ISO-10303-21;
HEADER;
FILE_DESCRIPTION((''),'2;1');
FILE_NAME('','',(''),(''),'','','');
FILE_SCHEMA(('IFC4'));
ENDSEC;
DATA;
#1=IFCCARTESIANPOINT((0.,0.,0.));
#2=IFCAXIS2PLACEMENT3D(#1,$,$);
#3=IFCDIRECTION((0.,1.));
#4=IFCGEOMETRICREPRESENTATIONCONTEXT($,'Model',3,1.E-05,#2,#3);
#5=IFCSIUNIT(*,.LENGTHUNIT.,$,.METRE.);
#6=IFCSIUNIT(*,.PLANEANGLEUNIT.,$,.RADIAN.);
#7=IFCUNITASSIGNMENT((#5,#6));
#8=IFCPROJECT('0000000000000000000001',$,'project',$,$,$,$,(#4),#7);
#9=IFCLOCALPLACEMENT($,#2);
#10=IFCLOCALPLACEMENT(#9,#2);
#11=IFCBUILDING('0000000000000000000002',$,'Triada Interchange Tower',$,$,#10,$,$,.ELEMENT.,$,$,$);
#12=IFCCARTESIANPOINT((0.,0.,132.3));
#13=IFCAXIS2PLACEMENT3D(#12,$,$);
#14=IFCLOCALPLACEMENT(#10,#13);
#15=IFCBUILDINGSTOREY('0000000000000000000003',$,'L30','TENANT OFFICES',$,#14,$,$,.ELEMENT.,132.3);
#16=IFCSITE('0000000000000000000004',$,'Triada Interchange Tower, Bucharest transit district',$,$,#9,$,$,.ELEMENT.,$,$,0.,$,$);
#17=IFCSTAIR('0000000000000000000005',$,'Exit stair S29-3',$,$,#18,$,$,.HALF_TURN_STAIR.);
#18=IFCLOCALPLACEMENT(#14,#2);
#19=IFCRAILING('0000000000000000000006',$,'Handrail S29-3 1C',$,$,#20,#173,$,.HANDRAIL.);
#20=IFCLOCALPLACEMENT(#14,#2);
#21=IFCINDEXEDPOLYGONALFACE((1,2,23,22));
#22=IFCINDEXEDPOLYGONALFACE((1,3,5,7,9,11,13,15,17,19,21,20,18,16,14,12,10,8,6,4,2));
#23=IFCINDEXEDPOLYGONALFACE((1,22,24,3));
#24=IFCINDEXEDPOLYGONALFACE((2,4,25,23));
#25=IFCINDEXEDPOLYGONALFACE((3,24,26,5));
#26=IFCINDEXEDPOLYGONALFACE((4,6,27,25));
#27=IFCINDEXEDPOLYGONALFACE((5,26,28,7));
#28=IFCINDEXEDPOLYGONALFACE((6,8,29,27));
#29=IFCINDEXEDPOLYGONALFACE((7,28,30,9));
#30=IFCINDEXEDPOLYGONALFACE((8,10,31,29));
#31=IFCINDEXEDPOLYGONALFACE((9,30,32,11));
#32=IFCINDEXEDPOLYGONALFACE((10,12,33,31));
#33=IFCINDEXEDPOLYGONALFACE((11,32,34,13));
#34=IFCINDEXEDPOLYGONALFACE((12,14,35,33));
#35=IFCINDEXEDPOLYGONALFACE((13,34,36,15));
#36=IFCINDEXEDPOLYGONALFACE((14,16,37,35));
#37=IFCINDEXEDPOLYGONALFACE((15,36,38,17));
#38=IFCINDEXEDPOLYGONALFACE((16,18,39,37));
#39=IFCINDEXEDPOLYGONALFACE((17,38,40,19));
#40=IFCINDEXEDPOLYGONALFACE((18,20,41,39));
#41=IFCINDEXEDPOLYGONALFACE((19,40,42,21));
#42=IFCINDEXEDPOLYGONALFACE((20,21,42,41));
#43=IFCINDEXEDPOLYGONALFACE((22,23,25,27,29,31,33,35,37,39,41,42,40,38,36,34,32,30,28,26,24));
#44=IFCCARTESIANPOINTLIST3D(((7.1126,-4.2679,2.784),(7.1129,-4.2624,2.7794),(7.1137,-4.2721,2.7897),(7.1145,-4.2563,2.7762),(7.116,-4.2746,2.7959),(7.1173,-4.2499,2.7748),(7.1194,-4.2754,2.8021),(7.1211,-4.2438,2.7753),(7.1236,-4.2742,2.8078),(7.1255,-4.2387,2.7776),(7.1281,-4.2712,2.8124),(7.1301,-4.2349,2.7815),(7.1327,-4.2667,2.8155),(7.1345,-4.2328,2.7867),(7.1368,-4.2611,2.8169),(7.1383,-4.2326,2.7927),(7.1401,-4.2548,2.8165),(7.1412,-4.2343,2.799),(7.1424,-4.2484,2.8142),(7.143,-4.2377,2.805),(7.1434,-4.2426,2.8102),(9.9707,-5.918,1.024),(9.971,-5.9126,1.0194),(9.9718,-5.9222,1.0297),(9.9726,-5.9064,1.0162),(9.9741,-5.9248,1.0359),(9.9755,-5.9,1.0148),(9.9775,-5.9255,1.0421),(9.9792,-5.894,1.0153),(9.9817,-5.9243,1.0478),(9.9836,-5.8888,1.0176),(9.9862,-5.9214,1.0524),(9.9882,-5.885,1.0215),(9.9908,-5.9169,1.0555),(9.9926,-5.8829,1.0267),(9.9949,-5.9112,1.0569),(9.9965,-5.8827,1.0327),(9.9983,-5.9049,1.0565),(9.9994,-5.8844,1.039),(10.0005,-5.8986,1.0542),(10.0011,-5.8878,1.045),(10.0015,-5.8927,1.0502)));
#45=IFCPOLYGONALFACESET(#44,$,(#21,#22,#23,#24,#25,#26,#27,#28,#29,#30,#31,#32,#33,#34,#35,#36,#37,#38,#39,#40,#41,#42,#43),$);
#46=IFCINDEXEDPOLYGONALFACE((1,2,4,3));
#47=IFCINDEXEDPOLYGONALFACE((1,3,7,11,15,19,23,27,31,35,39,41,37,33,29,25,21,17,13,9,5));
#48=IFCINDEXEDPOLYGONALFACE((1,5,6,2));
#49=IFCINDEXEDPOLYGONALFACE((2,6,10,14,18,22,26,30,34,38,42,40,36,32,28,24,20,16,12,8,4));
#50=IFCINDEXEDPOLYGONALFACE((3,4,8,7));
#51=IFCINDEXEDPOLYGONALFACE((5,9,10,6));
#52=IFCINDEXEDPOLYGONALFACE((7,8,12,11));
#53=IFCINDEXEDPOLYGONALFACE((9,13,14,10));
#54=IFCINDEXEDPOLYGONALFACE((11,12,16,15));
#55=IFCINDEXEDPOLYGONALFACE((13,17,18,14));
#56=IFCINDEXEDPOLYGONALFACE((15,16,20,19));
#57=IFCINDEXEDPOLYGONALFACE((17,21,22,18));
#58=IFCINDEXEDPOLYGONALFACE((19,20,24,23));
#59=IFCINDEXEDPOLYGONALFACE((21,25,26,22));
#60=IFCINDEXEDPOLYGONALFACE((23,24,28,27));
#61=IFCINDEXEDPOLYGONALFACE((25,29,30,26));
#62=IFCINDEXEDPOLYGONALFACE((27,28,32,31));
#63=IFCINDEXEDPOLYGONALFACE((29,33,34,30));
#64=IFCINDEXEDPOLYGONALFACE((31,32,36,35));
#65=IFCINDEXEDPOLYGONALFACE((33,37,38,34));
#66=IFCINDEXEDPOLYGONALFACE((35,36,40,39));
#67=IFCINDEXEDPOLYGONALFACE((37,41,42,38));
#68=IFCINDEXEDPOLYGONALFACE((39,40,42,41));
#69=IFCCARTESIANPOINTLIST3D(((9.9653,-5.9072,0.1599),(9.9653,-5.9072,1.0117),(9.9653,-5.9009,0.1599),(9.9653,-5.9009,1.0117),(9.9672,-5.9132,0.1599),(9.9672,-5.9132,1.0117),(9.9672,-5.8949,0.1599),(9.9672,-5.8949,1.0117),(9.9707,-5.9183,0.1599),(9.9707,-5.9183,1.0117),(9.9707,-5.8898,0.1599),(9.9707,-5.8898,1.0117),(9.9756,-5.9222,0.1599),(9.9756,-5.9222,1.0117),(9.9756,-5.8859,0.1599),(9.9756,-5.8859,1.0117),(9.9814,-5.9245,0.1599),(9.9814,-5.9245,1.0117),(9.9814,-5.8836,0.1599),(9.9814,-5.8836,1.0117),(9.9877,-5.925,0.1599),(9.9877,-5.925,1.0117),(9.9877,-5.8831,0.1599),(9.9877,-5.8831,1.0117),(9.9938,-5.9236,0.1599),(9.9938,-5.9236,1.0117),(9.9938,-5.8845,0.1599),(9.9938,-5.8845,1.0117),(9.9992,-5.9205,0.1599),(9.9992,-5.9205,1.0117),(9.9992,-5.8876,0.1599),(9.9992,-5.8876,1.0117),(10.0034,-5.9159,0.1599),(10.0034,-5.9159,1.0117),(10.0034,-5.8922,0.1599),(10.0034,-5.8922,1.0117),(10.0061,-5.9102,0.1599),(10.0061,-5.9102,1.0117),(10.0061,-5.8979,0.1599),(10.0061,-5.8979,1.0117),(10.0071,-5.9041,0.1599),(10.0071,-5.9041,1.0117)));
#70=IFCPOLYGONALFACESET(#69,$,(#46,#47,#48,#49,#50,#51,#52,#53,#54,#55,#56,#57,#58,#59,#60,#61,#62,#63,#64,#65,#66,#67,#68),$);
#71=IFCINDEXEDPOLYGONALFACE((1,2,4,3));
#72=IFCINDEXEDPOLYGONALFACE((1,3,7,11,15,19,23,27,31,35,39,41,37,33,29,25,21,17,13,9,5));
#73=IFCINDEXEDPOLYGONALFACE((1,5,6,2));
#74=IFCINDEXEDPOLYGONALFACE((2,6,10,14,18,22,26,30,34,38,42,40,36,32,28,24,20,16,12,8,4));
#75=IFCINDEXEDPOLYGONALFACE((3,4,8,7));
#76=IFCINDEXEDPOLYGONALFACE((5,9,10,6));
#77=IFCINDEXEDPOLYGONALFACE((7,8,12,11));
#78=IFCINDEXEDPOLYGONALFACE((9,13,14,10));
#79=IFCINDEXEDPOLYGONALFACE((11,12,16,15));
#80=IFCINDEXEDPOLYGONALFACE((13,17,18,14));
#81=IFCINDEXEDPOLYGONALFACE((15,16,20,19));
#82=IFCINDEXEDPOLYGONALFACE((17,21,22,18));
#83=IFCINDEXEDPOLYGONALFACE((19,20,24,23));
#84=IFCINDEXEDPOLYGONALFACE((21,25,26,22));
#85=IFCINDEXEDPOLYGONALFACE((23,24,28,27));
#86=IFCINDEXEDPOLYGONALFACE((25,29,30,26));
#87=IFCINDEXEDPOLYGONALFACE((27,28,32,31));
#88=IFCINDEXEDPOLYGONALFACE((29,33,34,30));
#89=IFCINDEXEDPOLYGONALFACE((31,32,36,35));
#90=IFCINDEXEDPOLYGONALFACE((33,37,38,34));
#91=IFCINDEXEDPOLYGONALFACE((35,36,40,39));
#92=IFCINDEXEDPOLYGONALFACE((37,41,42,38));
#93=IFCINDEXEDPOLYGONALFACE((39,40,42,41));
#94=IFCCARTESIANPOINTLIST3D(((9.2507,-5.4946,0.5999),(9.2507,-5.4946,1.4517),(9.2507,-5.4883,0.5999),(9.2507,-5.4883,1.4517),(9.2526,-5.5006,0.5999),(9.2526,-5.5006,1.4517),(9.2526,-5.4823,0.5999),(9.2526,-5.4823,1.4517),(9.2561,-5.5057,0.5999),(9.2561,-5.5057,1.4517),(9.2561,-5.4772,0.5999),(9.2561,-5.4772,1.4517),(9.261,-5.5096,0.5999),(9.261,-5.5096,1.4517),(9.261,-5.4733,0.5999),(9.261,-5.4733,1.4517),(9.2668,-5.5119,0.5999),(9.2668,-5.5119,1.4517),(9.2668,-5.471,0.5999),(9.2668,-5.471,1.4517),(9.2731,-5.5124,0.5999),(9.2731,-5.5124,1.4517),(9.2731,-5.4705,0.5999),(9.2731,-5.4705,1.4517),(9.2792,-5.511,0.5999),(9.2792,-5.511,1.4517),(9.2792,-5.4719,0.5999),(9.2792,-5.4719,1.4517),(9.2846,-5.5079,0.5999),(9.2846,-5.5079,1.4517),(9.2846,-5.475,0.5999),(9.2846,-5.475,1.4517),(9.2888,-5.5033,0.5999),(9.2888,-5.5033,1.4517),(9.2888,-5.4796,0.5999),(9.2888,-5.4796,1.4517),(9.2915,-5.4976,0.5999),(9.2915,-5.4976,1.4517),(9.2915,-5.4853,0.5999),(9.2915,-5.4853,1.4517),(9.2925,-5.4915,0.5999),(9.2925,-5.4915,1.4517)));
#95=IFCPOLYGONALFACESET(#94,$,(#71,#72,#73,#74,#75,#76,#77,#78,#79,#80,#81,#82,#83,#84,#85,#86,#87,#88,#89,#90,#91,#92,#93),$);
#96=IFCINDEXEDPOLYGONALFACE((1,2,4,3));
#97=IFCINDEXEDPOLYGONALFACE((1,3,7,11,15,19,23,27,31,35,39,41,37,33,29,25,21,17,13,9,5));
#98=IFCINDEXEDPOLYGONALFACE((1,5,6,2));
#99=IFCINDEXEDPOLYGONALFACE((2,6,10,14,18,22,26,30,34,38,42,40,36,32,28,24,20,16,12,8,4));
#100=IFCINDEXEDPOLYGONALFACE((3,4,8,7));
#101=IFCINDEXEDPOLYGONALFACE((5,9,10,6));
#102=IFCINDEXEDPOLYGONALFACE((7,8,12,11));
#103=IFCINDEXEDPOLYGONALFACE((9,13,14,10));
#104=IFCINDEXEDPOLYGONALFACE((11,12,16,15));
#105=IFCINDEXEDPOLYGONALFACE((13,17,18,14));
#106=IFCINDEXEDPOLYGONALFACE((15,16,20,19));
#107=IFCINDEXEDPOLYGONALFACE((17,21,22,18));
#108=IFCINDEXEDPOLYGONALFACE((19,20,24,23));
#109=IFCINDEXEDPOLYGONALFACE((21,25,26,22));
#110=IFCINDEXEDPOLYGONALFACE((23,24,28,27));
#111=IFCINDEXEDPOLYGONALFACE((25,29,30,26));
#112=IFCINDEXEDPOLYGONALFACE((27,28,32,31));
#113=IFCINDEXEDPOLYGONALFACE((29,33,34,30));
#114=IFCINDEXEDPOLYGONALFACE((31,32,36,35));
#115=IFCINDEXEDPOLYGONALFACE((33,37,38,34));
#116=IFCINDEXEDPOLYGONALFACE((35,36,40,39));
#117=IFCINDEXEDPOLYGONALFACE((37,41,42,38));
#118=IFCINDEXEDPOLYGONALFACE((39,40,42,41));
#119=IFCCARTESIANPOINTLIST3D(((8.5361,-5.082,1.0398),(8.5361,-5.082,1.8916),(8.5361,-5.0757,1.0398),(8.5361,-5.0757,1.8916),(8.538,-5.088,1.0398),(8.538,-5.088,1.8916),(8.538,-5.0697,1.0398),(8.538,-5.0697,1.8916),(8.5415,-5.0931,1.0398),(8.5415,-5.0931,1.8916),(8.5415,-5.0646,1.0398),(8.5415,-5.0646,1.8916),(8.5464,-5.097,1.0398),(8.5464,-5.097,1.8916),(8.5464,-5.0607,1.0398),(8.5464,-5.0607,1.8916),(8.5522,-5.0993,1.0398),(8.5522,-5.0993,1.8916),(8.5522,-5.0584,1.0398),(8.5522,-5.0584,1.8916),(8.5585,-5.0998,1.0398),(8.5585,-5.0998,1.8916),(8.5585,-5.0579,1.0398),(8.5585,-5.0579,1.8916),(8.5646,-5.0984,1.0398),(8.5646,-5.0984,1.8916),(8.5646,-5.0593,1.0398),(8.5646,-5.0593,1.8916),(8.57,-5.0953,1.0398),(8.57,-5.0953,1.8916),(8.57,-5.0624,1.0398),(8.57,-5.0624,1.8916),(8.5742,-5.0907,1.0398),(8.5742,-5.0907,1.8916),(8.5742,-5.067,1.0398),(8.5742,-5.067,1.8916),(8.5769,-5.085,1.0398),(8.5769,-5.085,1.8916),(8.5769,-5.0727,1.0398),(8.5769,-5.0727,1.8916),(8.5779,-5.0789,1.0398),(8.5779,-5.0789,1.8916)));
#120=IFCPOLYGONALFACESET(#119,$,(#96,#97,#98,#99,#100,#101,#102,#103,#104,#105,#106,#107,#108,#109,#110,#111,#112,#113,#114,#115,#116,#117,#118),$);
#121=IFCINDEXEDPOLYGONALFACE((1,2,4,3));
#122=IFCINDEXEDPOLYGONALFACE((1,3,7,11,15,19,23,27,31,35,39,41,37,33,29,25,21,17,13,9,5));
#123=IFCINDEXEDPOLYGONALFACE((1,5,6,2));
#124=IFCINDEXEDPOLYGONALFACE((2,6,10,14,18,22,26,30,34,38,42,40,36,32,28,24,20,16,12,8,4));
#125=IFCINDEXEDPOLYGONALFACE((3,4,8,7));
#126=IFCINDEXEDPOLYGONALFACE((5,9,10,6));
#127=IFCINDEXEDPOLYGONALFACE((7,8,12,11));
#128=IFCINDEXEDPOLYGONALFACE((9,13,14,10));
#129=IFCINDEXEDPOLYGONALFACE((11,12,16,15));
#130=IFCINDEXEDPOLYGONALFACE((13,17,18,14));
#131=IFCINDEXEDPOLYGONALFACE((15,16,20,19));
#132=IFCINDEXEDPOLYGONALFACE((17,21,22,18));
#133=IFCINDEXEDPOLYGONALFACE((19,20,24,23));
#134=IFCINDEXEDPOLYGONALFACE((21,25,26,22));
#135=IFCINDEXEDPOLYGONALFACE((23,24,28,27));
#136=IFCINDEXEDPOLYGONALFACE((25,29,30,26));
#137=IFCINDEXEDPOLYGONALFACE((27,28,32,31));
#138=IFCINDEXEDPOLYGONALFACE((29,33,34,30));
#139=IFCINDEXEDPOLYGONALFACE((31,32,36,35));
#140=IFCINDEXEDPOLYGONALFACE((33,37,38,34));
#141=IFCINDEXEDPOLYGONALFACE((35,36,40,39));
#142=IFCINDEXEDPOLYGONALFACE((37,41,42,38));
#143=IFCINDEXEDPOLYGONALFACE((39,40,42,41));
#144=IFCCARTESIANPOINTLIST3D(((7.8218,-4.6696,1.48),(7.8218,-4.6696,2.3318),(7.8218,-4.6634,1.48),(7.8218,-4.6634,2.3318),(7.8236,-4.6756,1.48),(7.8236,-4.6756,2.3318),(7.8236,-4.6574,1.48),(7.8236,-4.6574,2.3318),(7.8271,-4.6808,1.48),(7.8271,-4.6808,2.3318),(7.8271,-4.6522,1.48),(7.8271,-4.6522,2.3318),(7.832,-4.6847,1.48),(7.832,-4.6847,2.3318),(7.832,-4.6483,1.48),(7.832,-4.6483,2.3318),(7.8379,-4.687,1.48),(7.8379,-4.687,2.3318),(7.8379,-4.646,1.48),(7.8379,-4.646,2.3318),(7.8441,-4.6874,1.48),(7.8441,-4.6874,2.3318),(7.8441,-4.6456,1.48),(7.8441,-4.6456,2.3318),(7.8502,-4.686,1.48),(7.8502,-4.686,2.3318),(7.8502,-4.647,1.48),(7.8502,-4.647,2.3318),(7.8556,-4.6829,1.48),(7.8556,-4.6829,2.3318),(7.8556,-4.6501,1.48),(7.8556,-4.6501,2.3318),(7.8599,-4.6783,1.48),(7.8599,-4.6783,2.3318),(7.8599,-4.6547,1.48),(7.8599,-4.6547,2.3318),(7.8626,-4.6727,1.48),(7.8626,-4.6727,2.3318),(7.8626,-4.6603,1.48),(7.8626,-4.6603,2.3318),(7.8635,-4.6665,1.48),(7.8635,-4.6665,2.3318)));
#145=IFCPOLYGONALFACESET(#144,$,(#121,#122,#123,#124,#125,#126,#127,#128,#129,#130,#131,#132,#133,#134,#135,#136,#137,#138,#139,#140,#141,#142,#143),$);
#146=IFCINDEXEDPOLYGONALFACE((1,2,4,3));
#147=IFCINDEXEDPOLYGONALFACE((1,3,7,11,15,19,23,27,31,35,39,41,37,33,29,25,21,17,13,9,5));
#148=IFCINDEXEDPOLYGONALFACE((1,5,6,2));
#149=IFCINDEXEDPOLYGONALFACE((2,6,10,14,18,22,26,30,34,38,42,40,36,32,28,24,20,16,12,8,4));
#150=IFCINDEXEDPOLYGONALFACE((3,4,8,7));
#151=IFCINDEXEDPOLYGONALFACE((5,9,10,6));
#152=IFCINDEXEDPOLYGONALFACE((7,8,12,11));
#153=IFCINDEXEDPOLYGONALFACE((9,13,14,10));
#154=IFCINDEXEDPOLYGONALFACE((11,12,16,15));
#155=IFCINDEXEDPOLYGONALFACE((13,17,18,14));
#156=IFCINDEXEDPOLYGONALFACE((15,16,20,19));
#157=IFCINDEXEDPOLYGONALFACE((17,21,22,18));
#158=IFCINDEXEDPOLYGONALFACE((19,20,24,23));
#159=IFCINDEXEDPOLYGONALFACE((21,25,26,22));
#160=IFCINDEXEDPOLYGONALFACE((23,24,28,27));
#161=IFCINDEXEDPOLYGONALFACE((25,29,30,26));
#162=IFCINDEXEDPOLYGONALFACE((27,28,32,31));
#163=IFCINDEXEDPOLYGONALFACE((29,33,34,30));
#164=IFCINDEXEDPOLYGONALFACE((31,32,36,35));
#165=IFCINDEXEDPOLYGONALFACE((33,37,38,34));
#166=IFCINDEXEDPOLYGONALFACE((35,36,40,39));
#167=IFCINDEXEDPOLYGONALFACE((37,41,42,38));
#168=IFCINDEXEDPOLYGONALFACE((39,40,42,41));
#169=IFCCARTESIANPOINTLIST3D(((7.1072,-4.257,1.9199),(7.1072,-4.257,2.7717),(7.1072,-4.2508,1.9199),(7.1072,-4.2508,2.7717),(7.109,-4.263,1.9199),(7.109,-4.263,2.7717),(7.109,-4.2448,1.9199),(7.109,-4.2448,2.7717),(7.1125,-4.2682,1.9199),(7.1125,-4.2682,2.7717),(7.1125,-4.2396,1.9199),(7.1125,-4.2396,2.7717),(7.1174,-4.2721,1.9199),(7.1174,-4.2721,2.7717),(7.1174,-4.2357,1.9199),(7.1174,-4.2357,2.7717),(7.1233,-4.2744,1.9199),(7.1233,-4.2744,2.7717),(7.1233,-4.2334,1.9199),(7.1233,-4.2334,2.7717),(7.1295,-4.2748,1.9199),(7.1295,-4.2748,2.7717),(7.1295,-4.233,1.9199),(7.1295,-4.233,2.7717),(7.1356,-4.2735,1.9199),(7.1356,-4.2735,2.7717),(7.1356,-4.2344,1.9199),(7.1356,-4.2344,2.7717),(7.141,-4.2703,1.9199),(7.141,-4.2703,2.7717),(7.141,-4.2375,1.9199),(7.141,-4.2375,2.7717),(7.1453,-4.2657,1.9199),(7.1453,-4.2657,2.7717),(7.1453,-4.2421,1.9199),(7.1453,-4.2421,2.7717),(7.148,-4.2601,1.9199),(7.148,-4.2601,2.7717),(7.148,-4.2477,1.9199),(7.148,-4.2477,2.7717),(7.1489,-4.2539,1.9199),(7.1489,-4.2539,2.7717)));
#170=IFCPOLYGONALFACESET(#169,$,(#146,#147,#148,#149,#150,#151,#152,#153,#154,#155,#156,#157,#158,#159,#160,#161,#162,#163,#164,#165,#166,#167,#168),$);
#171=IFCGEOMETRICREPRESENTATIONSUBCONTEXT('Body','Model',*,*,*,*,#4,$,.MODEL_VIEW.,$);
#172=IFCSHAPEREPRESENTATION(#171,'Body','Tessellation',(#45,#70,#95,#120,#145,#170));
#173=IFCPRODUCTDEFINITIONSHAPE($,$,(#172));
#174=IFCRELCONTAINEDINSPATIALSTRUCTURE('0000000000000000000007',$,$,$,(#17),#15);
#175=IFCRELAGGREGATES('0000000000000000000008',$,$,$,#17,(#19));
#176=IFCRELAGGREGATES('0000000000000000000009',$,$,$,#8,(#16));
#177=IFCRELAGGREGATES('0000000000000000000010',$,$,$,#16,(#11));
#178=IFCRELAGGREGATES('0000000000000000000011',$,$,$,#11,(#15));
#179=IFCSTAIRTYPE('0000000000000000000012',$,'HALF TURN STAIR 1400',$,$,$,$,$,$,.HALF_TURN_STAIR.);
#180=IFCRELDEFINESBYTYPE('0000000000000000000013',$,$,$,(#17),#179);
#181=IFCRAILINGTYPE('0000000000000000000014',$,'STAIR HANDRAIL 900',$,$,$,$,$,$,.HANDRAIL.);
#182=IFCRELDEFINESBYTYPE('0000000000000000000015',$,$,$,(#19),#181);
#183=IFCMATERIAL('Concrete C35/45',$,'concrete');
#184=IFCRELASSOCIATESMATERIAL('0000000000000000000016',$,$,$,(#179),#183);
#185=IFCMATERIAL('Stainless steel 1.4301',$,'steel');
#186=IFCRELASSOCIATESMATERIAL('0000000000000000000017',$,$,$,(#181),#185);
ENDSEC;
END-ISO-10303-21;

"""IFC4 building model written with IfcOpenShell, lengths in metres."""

from ifc_helpers import new_model, si_unit, direction, frame, origin, origin_2d, place, context, subcontext, project, spatial, circle, extrude, material, type_object, element, aggregate, save


model = new_model("IFC4")

# Units and contexts
model_context = context("Model", 3, precision=1e-05, world=origin(), true_north=direction((0.0, 1.0)))
body_context = subcontext(model_context, "Body", "Model", "MODEL_VIEW")
ifc_project = project(units=[si_unit("LENGTHUNIT", "METRE"), si_unit("PLANEANGLEUNIT", "RADIAN")], contexts=[model_context])

# Site, building, storey
site_placement = place(None, origin())
site = spatial("IfcSite", under=ifc_project, at=site_placement, Name="Triada Interchange Tower, Bucharest transit district", CompositionType="ELEMENT", RefElevation=0.0)
building_placement = place(site_placement, origin())
building = spatial("IfcBuilding", under=site, at=building_placement, Name="Triada Interchange Tower", CompositionType="ELEMENT")
storey_placement = place(building_placement, frame((0.0, 0.0, 132.3)))
storey = spatial("IfcBuildingStorey", under=building, at=storey_placement, Name="L30", Description="TENANT OFFICES", CompositionType="ELEMENT", Elevation=132.3)

# Stair, railing
ifc_material_1 = material(Name="Concrete C35/45", Category="concrete")
stair_type = type_object("IfcStairType", Name="HALF TURN STAIR 1400", PredefinedType="HALF_TURN_STAIR", material=ifc_material_1)
stair_placement = place(storey_placement, origin())
stair = element("IfcStair", 1, at=stair_placement, inside=storey, type_object=stair_type, Name="Exit stair S29-3", PredefinedType="HALF_TURN_STAIR")
ifc_material_2 = material(Name="Stainless steel 1.4301", Category="steel")
railing_type = type_object("IfcRailingType", Name="STAIR HANDRAIL 900", PredefinedType="HANDRAIL", material=ifc_material_2)
railing_1_placement = place(storey_placement, frame((9.9861, -5.9041, 0.1599)))
railing_1 = element("IfcRailing", 2, at=railing_1_placement, type_object=railing_type, Name="Handrail S29-3 1C", PredefinedType="HANDRAIL", context=body_context, shape_type="SweptSolid", body=[
    extrude(circle(Radius=0.0239, at=origin_2d()), frame((0.0, 0.0, 0.876), z_axis=(-0.764156, 0.441183, 0.470556), x_axis=(-0.499998, -0.866027, 0.0)), (0.0, 0.0, 1.0), 3.7402),
    extrude(circle(Radius=0.021, at=origin_2d()), origin(), (0.0, 0.0, 1.0), 0.8518),
    extrude(circle(Radius=0.021, at=origin_2d()), frame((-0.7146, 0.4126, 0.4399)), (0.0, 0.0, 1.0), 0.8518),
    extrude(circle(Radius=0.021, at=origin_2d()), frame((-1.4292, 0.8252, 0.8799)), (0.0, 0.0, 1.0), 0.8518),
    extrude(circle(Radius=0.021, at=origin_2d()), frame((-2.1436, 1.2375, 1.3201)), (0.0, 0.0, 1.0), 0.8518),
    extrude(circle(Radius=0.021, at=origin_2d()), frame((-2.8582, 1.6501, 1.76)), (0.0, 0.0, 1.0), 0.8518),
])
aggregate(stair, [railing_1])

save(model, "model.ifc")
